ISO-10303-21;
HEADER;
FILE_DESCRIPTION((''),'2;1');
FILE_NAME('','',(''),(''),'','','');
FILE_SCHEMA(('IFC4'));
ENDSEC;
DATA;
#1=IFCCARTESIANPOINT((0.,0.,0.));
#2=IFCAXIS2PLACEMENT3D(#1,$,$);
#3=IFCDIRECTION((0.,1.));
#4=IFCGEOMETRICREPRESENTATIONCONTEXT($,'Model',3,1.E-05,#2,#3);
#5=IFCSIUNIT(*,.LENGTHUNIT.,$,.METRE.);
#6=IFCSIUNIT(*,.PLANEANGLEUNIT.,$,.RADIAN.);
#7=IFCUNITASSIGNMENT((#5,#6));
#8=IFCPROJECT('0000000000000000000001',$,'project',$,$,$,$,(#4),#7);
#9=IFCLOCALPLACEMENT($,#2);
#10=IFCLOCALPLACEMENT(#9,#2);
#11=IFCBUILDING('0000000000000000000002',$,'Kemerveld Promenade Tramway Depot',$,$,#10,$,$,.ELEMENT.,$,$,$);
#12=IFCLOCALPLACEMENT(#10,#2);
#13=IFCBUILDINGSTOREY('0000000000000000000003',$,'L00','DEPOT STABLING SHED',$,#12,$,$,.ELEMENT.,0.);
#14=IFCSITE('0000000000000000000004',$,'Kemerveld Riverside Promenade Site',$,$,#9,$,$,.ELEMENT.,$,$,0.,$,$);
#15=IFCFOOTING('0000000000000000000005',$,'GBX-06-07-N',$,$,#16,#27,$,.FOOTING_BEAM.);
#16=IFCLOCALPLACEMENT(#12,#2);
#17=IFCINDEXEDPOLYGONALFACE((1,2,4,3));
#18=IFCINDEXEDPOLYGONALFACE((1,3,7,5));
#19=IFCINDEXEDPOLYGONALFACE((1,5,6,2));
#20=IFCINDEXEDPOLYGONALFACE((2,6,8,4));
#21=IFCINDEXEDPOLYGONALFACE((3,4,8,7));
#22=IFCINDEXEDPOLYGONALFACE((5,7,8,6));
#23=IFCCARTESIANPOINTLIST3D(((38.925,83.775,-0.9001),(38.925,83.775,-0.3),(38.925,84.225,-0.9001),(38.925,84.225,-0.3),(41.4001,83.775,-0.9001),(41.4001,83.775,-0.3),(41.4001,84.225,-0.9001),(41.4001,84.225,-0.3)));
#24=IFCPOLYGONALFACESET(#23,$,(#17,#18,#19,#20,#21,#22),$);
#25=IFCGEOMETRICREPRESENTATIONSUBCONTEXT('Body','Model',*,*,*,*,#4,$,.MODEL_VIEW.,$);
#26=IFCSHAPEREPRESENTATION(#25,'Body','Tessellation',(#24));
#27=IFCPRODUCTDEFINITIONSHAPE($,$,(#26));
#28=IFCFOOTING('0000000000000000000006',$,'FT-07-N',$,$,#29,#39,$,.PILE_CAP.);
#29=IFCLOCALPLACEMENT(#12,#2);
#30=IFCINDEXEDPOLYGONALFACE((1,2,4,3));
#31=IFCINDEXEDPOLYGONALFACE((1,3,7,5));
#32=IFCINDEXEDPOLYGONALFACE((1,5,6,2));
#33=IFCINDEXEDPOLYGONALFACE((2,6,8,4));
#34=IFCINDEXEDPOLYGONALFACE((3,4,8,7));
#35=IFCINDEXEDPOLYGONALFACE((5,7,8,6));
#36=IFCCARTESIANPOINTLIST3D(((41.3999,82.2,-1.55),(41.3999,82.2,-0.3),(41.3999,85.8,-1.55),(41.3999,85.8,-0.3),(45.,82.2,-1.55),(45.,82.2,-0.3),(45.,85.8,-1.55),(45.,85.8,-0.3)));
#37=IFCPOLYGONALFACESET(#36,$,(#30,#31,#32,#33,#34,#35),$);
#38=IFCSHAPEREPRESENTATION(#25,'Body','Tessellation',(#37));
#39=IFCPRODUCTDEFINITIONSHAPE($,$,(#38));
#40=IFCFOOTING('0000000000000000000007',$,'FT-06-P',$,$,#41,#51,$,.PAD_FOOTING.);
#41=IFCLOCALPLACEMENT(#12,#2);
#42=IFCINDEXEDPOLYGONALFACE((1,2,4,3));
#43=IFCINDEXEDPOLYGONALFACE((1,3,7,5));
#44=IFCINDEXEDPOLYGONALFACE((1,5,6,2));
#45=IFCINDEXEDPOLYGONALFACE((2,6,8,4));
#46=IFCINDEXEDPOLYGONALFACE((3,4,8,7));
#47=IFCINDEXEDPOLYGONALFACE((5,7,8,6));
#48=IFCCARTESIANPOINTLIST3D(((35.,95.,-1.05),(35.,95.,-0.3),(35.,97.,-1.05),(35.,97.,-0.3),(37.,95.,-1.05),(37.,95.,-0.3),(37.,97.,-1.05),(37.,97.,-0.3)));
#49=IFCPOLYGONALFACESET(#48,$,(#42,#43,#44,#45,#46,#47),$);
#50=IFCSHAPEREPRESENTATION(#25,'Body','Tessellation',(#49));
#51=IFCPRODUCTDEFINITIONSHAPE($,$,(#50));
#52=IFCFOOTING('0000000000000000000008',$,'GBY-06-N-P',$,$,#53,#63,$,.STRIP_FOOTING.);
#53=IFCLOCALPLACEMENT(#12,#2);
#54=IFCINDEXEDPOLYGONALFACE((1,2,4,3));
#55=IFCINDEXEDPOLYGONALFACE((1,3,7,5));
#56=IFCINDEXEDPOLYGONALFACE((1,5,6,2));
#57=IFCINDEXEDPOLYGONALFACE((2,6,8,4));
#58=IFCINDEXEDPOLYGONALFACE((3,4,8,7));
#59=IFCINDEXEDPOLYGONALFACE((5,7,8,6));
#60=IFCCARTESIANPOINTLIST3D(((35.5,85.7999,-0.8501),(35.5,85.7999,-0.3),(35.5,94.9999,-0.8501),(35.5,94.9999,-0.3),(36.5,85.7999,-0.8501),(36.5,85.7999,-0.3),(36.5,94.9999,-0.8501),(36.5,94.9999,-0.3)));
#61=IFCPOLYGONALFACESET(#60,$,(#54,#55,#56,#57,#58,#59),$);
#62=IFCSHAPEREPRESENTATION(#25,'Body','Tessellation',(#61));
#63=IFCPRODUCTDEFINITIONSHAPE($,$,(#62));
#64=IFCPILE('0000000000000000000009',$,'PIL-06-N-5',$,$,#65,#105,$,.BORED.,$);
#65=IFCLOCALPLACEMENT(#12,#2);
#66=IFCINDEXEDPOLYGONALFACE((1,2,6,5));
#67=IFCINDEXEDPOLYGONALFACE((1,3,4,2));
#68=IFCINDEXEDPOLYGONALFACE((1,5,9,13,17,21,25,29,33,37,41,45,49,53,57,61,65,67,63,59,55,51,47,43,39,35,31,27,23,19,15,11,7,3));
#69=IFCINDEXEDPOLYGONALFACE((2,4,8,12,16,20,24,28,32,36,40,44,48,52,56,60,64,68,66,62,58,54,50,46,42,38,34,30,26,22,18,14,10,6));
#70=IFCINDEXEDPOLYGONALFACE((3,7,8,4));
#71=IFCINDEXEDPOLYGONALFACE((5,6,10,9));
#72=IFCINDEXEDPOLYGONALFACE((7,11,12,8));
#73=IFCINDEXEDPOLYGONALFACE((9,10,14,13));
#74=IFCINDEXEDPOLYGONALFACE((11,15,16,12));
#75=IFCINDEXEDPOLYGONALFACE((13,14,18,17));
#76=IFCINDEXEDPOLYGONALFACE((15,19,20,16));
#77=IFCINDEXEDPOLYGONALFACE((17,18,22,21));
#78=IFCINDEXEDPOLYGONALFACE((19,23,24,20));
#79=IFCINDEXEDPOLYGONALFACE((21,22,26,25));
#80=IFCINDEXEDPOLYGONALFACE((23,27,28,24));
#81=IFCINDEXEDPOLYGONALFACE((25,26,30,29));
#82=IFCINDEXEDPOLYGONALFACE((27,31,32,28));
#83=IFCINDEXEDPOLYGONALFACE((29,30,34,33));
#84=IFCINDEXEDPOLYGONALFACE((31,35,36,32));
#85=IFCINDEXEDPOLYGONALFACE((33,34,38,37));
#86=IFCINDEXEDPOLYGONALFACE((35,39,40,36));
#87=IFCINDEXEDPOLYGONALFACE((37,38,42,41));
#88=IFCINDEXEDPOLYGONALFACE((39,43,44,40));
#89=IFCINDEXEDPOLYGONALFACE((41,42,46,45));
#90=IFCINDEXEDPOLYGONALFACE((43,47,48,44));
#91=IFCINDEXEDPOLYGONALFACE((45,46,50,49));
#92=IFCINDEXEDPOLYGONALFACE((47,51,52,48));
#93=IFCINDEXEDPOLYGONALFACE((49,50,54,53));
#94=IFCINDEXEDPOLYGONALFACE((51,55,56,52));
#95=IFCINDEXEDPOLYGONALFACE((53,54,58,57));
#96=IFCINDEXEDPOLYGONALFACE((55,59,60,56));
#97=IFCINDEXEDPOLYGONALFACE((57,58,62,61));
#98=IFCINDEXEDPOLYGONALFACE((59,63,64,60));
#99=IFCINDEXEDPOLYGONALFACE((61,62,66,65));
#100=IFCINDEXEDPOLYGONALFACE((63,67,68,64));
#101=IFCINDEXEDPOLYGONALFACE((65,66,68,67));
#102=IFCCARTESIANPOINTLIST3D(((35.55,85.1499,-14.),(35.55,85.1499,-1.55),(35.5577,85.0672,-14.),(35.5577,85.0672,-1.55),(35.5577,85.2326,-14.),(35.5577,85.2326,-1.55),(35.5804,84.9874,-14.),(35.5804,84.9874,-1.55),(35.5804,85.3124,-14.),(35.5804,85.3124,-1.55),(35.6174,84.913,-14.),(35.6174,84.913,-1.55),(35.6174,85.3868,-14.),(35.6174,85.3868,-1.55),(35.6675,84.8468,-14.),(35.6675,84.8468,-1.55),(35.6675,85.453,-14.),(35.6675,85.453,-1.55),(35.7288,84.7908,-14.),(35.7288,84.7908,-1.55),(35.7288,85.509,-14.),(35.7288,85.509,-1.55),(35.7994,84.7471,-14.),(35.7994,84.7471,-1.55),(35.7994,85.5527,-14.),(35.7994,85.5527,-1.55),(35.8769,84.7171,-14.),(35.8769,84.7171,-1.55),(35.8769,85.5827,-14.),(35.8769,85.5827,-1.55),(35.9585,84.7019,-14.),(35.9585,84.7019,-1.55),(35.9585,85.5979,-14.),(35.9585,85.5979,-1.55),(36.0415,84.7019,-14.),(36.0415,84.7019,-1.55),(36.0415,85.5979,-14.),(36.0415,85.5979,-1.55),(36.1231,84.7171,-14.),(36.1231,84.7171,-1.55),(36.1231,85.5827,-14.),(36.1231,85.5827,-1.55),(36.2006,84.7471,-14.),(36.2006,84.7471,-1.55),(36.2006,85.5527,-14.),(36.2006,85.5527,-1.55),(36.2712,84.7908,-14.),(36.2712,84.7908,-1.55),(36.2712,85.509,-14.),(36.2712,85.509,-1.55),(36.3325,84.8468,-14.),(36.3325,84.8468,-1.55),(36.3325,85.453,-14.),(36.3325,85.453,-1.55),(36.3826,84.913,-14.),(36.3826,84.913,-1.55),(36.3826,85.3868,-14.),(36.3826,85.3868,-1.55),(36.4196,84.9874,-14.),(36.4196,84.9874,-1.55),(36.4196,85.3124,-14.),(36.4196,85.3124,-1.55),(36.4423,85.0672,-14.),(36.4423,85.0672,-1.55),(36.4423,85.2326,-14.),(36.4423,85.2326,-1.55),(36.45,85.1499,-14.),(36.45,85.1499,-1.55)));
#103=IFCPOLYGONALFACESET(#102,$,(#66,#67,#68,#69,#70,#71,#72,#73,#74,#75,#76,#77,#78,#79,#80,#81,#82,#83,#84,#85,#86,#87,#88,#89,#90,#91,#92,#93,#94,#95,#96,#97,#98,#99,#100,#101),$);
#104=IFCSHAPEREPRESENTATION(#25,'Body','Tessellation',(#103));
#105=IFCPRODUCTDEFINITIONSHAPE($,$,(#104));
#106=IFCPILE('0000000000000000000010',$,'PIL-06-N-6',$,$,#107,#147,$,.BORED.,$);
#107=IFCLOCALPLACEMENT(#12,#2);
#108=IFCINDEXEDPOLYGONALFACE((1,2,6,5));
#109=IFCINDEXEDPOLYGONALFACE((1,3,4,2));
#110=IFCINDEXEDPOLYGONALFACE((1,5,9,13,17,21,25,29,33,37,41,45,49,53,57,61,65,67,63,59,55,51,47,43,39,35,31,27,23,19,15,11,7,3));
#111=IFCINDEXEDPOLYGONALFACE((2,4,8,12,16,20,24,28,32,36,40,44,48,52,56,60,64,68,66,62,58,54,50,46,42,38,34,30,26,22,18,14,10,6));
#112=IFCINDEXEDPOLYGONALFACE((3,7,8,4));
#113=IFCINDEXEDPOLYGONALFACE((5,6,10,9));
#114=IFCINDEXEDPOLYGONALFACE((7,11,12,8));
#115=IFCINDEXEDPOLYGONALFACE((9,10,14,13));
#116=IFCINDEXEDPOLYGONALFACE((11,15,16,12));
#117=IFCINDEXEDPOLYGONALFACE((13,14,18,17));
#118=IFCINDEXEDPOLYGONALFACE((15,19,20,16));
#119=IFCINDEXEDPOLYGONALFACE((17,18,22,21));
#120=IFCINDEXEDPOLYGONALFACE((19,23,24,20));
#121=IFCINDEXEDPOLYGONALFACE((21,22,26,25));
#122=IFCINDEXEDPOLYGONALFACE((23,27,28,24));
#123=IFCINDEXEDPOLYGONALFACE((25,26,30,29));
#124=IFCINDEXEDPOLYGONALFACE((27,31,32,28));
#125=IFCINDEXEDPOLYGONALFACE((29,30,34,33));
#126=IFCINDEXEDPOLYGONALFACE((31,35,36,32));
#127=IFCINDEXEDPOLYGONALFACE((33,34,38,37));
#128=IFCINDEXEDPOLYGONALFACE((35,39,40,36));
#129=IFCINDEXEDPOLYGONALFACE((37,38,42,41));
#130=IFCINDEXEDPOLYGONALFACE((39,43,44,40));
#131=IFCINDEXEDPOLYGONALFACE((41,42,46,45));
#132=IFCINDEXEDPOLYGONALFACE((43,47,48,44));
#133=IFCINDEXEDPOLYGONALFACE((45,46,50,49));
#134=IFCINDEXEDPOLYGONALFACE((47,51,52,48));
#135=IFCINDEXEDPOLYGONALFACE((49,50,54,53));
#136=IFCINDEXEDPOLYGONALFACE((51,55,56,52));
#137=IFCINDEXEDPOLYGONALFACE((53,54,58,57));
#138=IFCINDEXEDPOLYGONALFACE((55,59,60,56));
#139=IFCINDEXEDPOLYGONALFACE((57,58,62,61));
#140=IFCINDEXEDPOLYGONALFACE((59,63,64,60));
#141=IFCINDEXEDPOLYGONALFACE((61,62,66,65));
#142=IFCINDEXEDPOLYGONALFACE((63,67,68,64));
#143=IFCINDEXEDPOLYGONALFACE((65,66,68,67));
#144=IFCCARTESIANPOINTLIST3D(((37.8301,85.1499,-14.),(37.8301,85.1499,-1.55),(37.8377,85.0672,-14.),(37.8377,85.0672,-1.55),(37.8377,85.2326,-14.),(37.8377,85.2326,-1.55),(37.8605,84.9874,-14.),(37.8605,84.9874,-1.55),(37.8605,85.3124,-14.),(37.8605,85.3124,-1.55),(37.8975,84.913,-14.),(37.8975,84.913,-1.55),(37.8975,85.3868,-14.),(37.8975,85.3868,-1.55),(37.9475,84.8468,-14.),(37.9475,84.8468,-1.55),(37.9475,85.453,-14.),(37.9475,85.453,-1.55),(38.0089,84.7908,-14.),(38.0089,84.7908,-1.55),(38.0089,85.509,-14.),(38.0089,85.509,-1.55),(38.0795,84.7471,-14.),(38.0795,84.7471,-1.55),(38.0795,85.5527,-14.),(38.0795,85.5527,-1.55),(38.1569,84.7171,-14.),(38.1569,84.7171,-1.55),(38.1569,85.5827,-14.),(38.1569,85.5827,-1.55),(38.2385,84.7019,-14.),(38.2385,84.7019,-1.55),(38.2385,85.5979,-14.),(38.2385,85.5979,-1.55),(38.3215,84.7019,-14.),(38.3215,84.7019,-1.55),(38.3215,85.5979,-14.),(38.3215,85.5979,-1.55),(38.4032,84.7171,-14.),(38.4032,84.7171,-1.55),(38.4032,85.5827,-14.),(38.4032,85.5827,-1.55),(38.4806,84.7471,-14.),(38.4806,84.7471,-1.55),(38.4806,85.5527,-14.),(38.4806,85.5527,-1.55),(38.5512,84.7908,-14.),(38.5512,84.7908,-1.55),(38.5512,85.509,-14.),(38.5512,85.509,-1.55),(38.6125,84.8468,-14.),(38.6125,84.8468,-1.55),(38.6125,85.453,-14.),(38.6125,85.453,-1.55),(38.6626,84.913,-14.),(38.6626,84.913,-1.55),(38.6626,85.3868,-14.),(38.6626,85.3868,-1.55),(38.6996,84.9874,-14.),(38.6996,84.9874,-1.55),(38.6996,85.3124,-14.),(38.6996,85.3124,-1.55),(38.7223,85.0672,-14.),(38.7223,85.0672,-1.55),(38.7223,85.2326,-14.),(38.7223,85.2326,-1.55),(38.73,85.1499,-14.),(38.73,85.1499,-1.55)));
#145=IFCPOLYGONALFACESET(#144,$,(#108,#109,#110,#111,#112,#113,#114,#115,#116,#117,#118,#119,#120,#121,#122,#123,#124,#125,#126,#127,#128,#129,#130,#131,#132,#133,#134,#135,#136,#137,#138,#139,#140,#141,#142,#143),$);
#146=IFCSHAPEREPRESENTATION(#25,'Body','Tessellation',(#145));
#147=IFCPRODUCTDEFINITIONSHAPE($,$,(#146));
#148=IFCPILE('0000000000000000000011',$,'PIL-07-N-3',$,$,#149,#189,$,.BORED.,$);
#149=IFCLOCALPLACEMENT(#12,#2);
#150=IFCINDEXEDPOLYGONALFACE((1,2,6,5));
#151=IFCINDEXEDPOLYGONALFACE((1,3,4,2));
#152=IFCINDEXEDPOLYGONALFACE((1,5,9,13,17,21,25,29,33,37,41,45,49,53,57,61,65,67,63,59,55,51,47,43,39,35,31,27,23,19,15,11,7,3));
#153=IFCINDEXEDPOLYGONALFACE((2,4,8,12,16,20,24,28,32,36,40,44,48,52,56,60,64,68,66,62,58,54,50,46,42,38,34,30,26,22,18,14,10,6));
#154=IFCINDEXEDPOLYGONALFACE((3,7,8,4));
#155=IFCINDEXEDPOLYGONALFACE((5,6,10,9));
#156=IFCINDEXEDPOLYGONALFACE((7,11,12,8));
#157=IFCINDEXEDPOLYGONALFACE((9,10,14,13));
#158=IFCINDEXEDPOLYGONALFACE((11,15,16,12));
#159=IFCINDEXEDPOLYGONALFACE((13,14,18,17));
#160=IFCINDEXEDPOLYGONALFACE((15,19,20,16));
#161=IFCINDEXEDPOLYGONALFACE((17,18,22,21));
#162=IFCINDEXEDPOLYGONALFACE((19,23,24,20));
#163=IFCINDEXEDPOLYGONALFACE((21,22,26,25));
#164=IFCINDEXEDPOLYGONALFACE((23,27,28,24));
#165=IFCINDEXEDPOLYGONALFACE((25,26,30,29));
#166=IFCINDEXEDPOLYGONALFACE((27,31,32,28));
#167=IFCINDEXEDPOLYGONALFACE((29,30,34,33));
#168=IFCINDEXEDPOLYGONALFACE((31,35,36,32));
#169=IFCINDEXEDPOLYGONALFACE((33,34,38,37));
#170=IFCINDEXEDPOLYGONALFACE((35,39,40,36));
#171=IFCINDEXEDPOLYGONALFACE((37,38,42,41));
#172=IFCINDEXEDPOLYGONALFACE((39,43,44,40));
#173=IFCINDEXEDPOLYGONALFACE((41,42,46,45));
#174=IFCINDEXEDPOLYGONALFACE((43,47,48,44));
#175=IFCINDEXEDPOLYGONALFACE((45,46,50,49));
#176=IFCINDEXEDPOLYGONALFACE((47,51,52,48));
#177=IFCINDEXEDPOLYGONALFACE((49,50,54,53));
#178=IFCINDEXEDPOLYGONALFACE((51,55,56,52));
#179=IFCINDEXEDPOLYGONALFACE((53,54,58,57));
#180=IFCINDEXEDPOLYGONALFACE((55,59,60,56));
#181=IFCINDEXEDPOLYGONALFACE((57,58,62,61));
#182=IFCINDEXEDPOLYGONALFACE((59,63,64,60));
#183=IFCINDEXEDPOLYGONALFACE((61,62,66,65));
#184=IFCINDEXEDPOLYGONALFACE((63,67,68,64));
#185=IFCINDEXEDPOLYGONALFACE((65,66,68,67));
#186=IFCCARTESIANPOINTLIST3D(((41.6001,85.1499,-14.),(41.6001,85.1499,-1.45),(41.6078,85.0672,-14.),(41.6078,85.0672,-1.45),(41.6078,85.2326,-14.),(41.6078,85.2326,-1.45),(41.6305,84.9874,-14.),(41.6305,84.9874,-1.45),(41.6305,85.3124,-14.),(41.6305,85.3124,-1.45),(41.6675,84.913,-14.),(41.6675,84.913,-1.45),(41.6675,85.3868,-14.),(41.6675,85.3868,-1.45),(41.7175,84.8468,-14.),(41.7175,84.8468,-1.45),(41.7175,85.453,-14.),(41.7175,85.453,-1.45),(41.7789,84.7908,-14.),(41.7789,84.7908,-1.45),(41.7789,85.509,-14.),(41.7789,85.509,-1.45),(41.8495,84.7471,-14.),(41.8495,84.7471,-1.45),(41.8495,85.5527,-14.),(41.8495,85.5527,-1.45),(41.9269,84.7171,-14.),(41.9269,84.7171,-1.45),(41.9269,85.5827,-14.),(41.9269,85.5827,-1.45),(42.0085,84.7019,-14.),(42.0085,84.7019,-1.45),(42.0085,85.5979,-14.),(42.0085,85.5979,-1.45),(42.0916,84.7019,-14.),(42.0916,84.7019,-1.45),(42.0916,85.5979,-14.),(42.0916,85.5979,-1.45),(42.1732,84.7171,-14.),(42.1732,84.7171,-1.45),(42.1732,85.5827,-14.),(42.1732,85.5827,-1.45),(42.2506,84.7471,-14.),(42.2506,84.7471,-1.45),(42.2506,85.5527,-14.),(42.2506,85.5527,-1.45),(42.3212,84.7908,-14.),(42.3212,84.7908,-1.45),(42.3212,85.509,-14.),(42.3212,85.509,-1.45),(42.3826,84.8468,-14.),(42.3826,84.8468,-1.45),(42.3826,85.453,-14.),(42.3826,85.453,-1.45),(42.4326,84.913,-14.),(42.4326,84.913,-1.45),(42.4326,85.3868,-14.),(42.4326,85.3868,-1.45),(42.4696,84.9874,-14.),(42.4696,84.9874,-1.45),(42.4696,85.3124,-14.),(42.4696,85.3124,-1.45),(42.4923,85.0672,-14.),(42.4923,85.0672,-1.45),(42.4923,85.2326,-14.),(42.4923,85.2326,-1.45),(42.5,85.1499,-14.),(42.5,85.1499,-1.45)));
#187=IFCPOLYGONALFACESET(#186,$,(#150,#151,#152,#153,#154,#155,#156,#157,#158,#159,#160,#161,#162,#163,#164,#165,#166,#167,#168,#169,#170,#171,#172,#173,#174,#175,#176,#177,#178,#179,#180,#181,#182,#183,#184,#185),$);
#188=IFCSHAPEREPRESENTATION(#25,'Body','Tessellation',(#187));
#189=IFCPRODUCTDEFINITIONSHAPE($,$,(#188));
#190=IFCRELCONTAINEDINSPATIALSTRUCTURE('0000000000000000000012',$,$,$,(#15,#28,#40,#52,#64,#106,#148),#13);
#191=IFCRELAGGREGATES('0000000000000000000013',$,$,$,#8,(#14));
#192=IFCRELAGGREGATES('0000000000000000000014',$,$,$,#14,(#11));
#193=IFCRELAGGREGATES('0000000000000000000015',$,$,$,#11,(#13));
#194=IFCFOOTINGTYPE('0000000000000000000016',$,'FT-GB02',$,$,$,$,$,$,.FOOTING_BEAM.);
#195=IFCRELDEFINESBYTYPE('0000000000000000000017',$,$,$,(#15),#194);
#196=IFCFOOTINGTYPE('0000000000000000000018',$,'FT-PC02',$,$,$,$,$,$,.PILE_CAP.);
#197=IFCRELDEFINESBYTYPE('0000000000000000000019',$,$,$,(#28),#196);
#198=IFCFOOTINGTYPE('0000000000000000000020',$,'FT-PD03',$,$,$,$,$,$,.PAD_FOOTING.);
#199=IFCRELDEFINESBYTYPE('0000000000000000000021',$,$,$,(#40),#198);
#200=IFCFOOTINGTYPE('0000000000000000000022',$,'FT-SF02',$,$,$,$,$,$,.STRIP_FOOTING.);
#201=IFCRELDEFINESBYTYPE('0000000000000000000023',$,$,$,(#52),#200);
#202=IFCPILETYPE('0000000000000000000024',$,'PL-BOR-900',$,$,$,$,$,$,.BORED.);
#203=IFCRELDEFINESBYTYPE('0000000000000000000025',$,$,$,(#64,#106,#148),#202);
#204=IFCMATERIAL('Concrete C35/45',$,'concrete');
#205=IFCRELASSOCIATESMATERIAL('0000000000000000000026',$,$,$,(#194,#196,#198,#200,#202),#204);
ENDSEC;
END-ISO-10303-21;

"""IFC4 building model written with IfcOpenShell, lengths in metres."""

from ifc_helpers import new_model, si_unit, direction, frame, origin, origin_2d, place, context, subcontext, project, spatial, rectangle, circle, extrude, material, material_profile, profile_set, type_object, element, save


model = new_model("IFC4")

# Units and contexts
model_context = context("Model", 3, precision=1e-05, world=origin(), true_north=direction((0.0, 1.0)))
body_context = subcontext(model_context, "Body", "Model", "MODEL_VIEW")
ifc_project = project(units=[si_unit("LENGTHUNIT", "METRE"), si_unit("PLANEANGLEUNIT", "RADIAN")], contexts=[model_context])

# Site, building, storey
site_placement = place(None, origin())
site = spatial("IfcSite", under=ifc_project, at=site_placement, Name="Kemerveld Riverside Promenade Site", CompositionType="ELEMENT", RefElevation=0.0)
building_placement = place(site_placement, origin())
building = spatial("IfcBuilding", under=site, at=building_placement, Name="Kemerveld Promenade Tramway Depot", CompositionType="ELEMENT")
storey_placement = place(building_placement, origin())
storey = spatial("IfcBuildingStorey", under=building, at=storey_placement, Name="L00", Description="DEPOT STABLING SHED", CompositionType="ELEMENT", Elevation=0.0)

# Footings
ifc_material_1 = material(Name="Concrete C35/45", Category="concrete")
footing_type_1 = type_object("IfcFootingType", Name="FT-GB02", PredefinedType="FOOTING_BEAM", material=ifc_material_1)
footing_1_placement = place(storey_placement, frame((40.1626, 84.0, -0.9001), z_axis=(0.0, 0.0, 1.0), x_axis=(1.0, 0.0, 0.0)))
element("IfcFooting", 1, at=footing_1_placement, inside=storey, type_object=footing_type_1, Name="GBX-06-07-N", PredefinedType="FOOTING_BEAM", context=body_context, shape_type="SweptSolid", body=[
    extrude(rectangle(XDim=2.4751, YDim=0.45, at=origin_2d()), origin(), (0.0, 0.0, 1.0), 0.6001),
])
footing_type_2 = type_object("IfcFootingType", Name="FT-PC02", PredefinedType="PILE_CAP", material=ifc_material_1)
footing_2_placement = place(storey_placement, frame((43.2, 84.0, -1.55), z_axis=(0.0, 0.0, 1.0), x_axis=(1.0, 0.0, 0.0)))
element("IfcFooting", 2, at=footing_2_placement, inside=storey, type_object=footing_type_2, Name="FT-07-N", PredefinedType="PILE_CAP", context=body_context, shape_type="SweptSolid", body=[
    extrude(rectangle(XDim=3.6001, YDim=3.6001, at=origin_2d()), origin(), (0.0, 0.0, 1.0), 1.25),
])
footing_type_3 = type_object("IfcFootingType", Name="FT-PD03", PredefinedType="PAD_FOOTING", material=ifc_material_1)
footing_3_placement = place(storey_placement, frame((36.0, 96.0, -1.05), z_axis=(0.0, 0.0, 1.0), x_axis=(1.0, 0.0, 0.0)))
element("IfcFooting", 3, at=footing_3_placement, inside=storey, type_object=footing_type_3, Name="FT-06-P", PredefinedType="PAD_FOOTING", context=body_context, shape_type="SweptSolid", body=[
    extrude(rectangle(XDim=2.0, YDim=2.0, at=origin_2d()), origin(), (0.0, 0.0, 1.0), 0.75),
])
footing_type_4 = type_object("IfcFootingType", Name="FT-SF02", PredefinedType="STRIP_FOOTING", material=ifc_material_1)
footing_4_placement = place(storey_placement, frame((36.0, 90.3999, -0.8501), z_axis=(0.0, 0.0, 1.0), x_axis=(0.0, 1.0, 0.0)))
element("IfcFooting", 4, at=footing_4_placement, inside=storey, type_object=footing_type_4, Name="GBY-06-N-P", PredefinedType="STRIP_FOOTING", context=body_context, shape_type="SweptSolid", body=[
    extrude(rectangle(XDim=9.2, YDim=1.0, at=origin_2d()), origin(), (0.0, 0.0, 1.0), 0.55),
])

# Piles
ifc_material_profile_1 = material_profile(ifc_material_1, circle(Radius=0.45, at=origin_2d()), Name="PILE-D900")
ifc_profile_set_1 = profile_set([ifc_material_profile_1], Name="Concrete C35/45")
pile_type = type_object("IfcPileType", Name="PL-BOR-900", PredefinedType="BORED", material=ifc_profile_set_1)
for number, where, z_axis, x_axis, name in (
    (5, (36.0, 85.1499, -1.55), (0.0, 0.0, -1.0), (1.0, 0.0, 0.0), "PIL-06-N-5"),
    (6, (38.28, 85.1499, -1.55), (0.0, 0.0, -1.0), (1.0, 0.0, 0.0), "PIL-06-N-6"),
):
    element("IfcPile", number, at=place(storey_placement, frame(where, z_axis=z_axis, x_axis=x_axis)), inside=storey, type_object=pile_type, Name=name, PredefinedType="BORED", context=body_context, shape_type="SweptSolid", body=[
        extrude(circle(Radius=0.45, at=origin_2d()), origin(), (0.0, 0.0, 1.0), 12.45),
    ])
pile_placement = place(storey_placement, frame((42.05, 85.1499, -1.45), z_axis=(0.0, 0.0, -1.0), x_axis=(1.0, 0.0, 0.0)))
element("IfcPile", 7, at=pile_placement, inside=storey, type_object=pile_type, Name="PIL-07-N-3", PredefinedType="BORED", context=body_context, shape_type="SweptSolid", body=[
    extrude(circle(Radius=0.45, at=origin_2d()), origin(), (0.0, 0.0, 1.0), 12.55),
])

save(model, "model.ifc")
